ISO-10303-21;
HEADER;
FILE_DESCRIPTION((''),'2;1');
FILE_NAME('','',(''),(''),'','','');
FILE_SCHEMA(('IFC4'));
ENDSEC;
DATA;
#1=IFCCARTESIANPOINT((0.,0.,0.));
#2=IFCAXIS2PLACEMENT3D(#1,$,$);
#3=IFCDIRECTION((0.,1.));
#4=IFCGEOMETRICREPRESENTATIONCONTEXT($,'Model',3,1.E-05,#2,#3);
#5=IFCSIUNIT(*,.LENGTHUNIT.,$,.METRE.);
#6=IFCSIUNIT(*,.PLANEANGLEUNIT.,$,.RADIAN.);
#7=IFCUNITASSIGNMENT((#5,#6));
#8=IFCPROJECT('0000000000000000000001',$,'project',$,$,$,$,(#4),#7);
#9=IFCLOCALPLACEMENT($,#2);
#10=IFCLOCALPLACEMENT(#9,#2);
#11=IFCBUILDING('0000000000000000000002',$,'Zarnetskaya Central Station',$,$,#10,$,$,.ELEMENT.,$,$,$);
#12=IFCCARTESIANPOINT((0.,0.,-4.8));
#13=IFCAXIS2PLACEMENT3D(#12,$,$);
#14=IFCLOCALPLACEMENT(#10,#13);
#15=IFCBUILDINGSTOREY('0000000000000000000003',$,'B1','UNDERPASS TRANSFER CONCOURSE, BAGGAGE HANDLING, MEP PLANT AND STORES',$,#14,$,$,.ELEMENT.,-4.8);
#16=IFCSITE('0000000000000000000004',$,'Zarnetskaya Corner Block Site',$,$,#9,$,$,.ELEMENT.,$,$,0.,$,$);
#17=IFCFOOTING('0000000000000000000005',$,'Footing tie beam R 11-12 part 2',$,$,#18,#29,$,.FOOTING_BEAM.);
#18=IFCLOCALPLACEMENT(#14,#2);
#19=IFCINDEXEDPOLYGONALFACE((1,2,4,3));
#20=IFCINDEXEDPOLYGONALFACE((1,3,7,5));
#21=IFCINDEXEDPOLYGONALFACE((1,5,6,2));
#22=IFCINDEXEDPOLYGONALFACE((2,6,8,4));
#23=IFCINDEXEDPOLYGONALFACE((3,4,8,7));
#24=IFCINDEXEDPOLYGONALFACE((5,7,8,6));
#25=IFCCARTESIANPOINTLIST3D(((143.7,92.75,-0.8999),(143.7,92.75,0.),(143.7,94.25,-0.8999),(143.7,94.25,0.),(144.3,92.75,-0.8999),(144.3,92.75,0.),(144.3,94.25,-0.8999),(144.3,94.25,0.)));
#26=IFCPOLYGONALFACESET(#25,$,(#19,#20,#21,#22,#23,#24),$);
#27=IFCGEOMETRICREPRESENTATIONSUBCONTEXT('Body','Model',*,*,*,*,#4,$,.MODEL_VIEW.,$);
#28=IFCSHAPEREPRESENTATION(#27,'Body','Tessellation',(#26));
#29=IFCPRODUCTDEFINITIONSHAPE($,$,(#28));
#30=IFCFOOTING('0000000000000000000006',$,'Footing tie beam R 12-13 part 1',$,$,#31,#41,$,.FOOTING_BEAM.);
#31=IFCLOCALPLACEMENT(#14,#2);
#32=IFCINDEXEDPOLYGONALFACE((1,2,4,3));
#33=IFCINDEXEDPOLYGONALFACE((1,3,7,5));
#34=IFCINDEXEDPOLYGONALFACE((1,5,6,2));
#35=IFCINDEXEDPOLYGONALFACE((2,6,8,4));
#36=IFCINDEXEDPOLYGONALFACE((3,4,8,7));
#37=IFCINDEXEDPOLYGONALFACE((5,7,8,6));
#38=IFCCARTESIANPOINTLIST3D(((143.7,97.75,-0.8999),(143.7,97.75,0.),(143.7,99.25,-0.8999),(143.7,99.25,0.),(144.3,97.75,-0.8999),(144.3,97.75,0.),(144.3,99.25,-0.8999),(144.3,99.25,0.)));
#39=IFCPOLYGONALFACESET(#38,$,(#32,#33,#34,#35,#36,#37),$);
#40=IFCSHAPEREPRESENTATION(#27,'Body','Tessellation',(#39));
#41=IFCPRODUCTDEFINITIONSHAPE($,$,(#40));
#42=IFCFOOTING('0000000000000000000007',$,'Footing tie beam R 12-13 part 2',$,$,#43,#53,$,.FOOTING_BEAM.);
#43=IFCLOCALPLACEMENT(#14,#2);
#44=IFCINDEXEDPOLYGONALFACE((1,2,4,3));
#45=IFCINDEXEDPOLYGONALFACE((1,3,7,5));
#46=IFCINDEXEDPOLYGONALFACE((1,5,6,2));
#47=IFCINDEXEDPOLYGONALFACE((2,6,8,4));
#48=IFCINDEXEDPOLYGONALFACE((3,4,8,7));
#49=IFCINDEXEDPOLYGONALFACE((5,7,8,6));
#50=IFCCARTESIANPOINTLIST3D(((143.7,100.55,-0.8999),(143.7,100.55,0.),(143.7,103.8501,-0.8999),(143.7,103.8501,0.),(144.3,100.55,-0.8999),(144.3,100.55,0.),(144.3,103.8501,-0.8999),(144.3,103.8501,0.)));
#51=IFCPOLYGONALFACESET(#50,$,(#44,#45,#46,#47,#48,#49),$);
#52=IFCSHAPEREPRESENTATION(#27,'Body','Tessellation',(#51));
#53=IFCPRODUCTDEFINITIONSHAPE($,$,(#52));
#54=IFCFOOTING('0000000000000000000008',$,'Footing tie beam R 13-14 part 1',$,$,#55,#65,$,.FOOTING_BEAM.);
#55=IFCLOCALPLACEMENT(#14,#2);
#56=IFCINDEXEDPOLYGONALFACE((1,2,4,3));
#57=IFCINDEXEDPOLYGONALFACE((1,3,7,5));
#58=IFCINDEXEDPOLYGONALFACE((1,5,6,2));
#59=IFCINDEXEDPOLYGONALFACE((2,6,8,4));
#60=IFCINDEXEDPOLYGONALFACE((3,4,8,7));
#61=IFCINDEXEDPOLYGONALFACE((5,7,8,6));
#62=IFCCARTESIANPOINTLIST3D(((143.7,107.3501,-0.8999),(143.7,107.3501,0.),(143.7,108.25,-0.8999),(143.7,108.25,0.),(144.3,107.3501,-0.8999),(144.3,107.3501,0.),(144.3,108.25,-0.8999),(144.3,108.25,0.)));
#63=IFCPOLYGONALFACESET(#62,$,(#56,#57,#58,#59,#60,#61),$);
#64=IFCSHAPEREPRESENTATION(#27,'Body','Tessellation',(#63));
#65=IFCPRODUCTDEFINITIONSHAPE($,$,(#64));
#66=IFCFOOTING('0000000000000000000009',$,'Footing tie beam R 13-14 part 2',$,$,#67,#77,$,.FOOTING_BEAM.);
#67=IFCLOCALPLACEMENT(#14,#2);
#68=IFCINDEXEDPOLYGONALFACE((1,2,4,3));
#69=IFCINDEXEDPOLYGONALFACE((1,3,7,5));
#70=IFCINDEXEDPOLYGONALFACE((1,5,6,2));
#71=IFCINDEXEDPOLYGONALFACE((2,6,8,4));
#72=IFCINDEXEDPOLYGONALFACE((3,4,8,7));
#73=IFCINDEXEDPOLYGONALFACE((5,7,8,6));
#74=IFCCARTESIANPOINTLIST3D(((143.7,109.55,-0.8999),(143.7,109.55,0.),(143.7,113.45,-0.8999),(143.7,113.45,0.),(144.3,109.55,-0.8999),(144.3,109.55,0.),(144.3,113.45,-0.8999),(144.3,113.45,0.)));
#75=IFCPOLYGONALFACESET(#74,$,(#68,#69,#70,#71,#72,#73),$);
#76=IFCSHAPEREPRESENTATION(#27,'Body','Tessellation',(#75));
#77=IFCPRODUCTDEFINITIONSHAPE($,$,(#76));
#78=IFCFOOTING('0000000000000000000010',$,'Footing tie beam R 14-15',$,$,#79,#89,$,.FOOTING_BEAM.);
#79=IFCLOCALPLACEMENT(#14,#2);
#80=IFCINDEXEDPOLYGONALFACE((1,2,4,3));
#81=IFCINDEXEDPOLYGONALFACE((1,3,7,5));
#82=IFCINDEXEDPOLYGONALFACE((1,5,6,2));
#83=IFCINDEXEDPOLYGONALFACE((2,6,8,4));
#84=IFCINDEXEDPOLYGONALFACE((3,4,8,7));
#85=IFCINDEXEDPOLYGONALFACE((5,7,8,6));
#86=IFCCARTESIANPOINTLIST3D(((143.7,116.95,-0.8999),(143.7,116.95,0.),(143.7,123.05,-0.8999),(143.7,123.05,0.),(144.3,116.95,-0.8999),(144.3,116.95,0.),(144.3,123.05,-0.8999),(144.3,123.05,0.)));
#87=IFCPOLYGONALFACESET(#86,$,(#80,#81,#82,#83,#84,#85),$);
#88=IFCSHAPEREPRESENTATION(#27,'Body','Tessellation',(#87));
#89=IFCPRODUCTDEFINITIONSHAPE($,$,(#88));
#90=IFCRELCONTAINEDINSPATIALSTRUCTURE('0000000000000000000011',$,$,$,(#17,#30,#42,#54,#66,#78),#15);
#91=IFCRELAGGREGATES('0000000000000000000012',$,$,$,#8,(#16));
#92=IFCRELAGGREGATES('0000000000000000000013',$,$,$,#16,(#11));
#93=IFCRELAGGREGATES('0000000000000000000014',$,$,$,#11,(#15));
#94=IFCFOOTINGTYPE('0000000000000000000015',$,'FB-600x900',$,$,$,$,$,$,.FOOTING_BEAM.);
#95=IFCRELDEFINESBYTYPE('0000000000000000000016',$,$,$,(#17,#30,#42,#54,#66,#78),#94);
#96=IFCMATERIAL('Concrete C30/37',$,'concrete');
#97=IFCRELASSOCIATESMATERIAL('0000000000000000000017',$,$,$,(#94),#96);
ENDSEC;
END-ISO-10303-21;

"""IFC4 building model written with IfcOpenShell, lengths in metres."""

from ifc_helpers import new_model, si_unit, direction, frame, origin, place, context, subcontext, project, spatial, polyline, outline, extrude, material, type_object, element, save


model = new_model("IFC4")

# Units and contexts
model_context = context("Model", 3, precision=1e-05, world=origin(), true_north=direction((0.0, 1.0)))
body_context = subcontext(model_context, "Body", "Model", "MODEL_VIEW")
ifc_project = project(units=[si_unit("LENGTHUNIT", "METRE"), si_unit("PLANEANGLEUNIT", "RADIAN")], contexts=[model_context])

# Site, building, storey
site_placement = place(None, origin())
site = spatial("IfcSite", under=ifc_project, at=site_placement, Name="Zarnetskaya Corner Block Site", CompositionType="ELEMENT", RefElevation=0.0)
building_placement = place(site_placement, origin())
building = spatial("IfcBuilding", under=site, at=building_placement, Name="Zarnetskaya Central Station", CompositionType="ELEMENT")
storey_placement = place(building_placement, frame((0.0, 0.0, -4.8)))
storey = spatial("IfcBuildingStorey", under=building, at=storey_placement, Name="B1", Description="UNDERPASS TRANSFER CONCOURSE, BAGGAGE HANDLING, MEP PLANT AND STORES", CompositionType="ELEMENT", Elevation=-4.8)

# Footings
ifc_material = material(Name="Concrete C30/37", Category="concrete")
footing_type = type_object("IfcFootingType", Name="FB-600x900", PredefinedType="FOOTING_BEAM", material=ifc_material)
footing_1_placement = place(storey_placement, frame((0.0, 0.0, -0.8999)))
element("IfcFooting", 1, at=footing_1_placement, inside=storey, type_object=footing_type, Name="Footing tie beam R 11-12 part 2", PredefinedType="FOOTING_BEAM", context=body_context, shape_type="SweptSolid", body=[
    extrude(outline(polyline([(143.7, 92.75), (144.3, 92.75), (144.3, 94.25), (143.7, 94.25), (143.7, 92.75)])), origin(), (0.0, 0.0, 1.0), 0.8999),
])
footing_2_placement = place(storey_placement, frame((0.0, 0.0, -0.8999)))
element("IfcFooting", 2, at=footing_2_placement, inside=storey, type_object=footing_type, Name="Footing tie beam R 12-13 part 1", PredefinedType="FOOTING_BEAM", context=body_context, shape_type="SweptSolid", body=[
    extrude(outline(polyline([(143.7, 97.75), (144.3, 97.75), (144.3, 99.25), (143.7, 99.25), (143.7, 97.75)])), origin(), (0.0, 0.0, 1.0), 0.8999),
])
footing_3_placement = place(storey_placement, frame((0.0, 0.0, -0.8999)))
element("IfcFooting", 3, at=footing_3_placement, inside=storey, type_object=footing_type, Name="Footing tie beam R 12-13 part 2", PredefinedType="FOOTING_BEAM", context=body_context, shape_type="SweptSolid", body=[
    extrude(outline(polyline([(143.7, 100.55), (144.3, 100.55), (144.3, 103.8501), (143.7, 103.8501), (143.7, 100.55)])), origin(), (0.0, 0.0, 1.0), 0.8999),
])
footing_4_placement = place(storey_placement, frame((0.0, 0.0, -0.8999)))
element("IfcFooting", 4, at=footing_4_placement, inside=storey, type_object=footing_type, Name="Footing tie beam R 13-14 part 1", PredefinedType="FOOTING_BEAM", context=body_context, shape_type="SweptSolid", body=[
    extrude(outline(polyline([(143.7, 107.3501), (144.3, 107.3501), (144.3, 108.25), (143.7, 108.25), (143.7, 107.3501)])), origin(), (0.0, 0.0, 1.0), 0.8999),
])
footing_5_placement = place(storey_placement, frame((0.0, 0.0, -0.8999)))
element("IfcFooting", 5, at=footing_5_placement, inside=storey, type_object=footing_type, Name="Footing tie beam R 13-14 part 2", PredefinedType="FOOTING_BEAM", context=body_context, shape_type="SweptSolid", body=[
    extrude(outline(polyline([(143.7, 109.55), (144.3, 109.55), (144.3, 113.45), (143.7, 113.45), (143.7, 109.55)])), origin(), (0.0, 0.0, 1.0), 0.8999),
])
footing_6_placement = place(storey_placement, frame((0.0, 0.0, -0.8999)))
element("IfcFooting", 6, at=footing_6_placement, inside=storey, type_object=footing_type, Name="Footing tie beam R 14-15", PredefinedType="FOOTING_BEAM", context=body_context, shape_type="SweptSolid", body=[
    extrude(outline(polyline([(143.7, 116.95), (144.3, 116.95), (144.3, 123.05), (143.7, 123.05), (143.7, 116.95)])), origin(), (0.0, 0.0, 1.0), 0.8999),
])

save(model, "model.ifc")
